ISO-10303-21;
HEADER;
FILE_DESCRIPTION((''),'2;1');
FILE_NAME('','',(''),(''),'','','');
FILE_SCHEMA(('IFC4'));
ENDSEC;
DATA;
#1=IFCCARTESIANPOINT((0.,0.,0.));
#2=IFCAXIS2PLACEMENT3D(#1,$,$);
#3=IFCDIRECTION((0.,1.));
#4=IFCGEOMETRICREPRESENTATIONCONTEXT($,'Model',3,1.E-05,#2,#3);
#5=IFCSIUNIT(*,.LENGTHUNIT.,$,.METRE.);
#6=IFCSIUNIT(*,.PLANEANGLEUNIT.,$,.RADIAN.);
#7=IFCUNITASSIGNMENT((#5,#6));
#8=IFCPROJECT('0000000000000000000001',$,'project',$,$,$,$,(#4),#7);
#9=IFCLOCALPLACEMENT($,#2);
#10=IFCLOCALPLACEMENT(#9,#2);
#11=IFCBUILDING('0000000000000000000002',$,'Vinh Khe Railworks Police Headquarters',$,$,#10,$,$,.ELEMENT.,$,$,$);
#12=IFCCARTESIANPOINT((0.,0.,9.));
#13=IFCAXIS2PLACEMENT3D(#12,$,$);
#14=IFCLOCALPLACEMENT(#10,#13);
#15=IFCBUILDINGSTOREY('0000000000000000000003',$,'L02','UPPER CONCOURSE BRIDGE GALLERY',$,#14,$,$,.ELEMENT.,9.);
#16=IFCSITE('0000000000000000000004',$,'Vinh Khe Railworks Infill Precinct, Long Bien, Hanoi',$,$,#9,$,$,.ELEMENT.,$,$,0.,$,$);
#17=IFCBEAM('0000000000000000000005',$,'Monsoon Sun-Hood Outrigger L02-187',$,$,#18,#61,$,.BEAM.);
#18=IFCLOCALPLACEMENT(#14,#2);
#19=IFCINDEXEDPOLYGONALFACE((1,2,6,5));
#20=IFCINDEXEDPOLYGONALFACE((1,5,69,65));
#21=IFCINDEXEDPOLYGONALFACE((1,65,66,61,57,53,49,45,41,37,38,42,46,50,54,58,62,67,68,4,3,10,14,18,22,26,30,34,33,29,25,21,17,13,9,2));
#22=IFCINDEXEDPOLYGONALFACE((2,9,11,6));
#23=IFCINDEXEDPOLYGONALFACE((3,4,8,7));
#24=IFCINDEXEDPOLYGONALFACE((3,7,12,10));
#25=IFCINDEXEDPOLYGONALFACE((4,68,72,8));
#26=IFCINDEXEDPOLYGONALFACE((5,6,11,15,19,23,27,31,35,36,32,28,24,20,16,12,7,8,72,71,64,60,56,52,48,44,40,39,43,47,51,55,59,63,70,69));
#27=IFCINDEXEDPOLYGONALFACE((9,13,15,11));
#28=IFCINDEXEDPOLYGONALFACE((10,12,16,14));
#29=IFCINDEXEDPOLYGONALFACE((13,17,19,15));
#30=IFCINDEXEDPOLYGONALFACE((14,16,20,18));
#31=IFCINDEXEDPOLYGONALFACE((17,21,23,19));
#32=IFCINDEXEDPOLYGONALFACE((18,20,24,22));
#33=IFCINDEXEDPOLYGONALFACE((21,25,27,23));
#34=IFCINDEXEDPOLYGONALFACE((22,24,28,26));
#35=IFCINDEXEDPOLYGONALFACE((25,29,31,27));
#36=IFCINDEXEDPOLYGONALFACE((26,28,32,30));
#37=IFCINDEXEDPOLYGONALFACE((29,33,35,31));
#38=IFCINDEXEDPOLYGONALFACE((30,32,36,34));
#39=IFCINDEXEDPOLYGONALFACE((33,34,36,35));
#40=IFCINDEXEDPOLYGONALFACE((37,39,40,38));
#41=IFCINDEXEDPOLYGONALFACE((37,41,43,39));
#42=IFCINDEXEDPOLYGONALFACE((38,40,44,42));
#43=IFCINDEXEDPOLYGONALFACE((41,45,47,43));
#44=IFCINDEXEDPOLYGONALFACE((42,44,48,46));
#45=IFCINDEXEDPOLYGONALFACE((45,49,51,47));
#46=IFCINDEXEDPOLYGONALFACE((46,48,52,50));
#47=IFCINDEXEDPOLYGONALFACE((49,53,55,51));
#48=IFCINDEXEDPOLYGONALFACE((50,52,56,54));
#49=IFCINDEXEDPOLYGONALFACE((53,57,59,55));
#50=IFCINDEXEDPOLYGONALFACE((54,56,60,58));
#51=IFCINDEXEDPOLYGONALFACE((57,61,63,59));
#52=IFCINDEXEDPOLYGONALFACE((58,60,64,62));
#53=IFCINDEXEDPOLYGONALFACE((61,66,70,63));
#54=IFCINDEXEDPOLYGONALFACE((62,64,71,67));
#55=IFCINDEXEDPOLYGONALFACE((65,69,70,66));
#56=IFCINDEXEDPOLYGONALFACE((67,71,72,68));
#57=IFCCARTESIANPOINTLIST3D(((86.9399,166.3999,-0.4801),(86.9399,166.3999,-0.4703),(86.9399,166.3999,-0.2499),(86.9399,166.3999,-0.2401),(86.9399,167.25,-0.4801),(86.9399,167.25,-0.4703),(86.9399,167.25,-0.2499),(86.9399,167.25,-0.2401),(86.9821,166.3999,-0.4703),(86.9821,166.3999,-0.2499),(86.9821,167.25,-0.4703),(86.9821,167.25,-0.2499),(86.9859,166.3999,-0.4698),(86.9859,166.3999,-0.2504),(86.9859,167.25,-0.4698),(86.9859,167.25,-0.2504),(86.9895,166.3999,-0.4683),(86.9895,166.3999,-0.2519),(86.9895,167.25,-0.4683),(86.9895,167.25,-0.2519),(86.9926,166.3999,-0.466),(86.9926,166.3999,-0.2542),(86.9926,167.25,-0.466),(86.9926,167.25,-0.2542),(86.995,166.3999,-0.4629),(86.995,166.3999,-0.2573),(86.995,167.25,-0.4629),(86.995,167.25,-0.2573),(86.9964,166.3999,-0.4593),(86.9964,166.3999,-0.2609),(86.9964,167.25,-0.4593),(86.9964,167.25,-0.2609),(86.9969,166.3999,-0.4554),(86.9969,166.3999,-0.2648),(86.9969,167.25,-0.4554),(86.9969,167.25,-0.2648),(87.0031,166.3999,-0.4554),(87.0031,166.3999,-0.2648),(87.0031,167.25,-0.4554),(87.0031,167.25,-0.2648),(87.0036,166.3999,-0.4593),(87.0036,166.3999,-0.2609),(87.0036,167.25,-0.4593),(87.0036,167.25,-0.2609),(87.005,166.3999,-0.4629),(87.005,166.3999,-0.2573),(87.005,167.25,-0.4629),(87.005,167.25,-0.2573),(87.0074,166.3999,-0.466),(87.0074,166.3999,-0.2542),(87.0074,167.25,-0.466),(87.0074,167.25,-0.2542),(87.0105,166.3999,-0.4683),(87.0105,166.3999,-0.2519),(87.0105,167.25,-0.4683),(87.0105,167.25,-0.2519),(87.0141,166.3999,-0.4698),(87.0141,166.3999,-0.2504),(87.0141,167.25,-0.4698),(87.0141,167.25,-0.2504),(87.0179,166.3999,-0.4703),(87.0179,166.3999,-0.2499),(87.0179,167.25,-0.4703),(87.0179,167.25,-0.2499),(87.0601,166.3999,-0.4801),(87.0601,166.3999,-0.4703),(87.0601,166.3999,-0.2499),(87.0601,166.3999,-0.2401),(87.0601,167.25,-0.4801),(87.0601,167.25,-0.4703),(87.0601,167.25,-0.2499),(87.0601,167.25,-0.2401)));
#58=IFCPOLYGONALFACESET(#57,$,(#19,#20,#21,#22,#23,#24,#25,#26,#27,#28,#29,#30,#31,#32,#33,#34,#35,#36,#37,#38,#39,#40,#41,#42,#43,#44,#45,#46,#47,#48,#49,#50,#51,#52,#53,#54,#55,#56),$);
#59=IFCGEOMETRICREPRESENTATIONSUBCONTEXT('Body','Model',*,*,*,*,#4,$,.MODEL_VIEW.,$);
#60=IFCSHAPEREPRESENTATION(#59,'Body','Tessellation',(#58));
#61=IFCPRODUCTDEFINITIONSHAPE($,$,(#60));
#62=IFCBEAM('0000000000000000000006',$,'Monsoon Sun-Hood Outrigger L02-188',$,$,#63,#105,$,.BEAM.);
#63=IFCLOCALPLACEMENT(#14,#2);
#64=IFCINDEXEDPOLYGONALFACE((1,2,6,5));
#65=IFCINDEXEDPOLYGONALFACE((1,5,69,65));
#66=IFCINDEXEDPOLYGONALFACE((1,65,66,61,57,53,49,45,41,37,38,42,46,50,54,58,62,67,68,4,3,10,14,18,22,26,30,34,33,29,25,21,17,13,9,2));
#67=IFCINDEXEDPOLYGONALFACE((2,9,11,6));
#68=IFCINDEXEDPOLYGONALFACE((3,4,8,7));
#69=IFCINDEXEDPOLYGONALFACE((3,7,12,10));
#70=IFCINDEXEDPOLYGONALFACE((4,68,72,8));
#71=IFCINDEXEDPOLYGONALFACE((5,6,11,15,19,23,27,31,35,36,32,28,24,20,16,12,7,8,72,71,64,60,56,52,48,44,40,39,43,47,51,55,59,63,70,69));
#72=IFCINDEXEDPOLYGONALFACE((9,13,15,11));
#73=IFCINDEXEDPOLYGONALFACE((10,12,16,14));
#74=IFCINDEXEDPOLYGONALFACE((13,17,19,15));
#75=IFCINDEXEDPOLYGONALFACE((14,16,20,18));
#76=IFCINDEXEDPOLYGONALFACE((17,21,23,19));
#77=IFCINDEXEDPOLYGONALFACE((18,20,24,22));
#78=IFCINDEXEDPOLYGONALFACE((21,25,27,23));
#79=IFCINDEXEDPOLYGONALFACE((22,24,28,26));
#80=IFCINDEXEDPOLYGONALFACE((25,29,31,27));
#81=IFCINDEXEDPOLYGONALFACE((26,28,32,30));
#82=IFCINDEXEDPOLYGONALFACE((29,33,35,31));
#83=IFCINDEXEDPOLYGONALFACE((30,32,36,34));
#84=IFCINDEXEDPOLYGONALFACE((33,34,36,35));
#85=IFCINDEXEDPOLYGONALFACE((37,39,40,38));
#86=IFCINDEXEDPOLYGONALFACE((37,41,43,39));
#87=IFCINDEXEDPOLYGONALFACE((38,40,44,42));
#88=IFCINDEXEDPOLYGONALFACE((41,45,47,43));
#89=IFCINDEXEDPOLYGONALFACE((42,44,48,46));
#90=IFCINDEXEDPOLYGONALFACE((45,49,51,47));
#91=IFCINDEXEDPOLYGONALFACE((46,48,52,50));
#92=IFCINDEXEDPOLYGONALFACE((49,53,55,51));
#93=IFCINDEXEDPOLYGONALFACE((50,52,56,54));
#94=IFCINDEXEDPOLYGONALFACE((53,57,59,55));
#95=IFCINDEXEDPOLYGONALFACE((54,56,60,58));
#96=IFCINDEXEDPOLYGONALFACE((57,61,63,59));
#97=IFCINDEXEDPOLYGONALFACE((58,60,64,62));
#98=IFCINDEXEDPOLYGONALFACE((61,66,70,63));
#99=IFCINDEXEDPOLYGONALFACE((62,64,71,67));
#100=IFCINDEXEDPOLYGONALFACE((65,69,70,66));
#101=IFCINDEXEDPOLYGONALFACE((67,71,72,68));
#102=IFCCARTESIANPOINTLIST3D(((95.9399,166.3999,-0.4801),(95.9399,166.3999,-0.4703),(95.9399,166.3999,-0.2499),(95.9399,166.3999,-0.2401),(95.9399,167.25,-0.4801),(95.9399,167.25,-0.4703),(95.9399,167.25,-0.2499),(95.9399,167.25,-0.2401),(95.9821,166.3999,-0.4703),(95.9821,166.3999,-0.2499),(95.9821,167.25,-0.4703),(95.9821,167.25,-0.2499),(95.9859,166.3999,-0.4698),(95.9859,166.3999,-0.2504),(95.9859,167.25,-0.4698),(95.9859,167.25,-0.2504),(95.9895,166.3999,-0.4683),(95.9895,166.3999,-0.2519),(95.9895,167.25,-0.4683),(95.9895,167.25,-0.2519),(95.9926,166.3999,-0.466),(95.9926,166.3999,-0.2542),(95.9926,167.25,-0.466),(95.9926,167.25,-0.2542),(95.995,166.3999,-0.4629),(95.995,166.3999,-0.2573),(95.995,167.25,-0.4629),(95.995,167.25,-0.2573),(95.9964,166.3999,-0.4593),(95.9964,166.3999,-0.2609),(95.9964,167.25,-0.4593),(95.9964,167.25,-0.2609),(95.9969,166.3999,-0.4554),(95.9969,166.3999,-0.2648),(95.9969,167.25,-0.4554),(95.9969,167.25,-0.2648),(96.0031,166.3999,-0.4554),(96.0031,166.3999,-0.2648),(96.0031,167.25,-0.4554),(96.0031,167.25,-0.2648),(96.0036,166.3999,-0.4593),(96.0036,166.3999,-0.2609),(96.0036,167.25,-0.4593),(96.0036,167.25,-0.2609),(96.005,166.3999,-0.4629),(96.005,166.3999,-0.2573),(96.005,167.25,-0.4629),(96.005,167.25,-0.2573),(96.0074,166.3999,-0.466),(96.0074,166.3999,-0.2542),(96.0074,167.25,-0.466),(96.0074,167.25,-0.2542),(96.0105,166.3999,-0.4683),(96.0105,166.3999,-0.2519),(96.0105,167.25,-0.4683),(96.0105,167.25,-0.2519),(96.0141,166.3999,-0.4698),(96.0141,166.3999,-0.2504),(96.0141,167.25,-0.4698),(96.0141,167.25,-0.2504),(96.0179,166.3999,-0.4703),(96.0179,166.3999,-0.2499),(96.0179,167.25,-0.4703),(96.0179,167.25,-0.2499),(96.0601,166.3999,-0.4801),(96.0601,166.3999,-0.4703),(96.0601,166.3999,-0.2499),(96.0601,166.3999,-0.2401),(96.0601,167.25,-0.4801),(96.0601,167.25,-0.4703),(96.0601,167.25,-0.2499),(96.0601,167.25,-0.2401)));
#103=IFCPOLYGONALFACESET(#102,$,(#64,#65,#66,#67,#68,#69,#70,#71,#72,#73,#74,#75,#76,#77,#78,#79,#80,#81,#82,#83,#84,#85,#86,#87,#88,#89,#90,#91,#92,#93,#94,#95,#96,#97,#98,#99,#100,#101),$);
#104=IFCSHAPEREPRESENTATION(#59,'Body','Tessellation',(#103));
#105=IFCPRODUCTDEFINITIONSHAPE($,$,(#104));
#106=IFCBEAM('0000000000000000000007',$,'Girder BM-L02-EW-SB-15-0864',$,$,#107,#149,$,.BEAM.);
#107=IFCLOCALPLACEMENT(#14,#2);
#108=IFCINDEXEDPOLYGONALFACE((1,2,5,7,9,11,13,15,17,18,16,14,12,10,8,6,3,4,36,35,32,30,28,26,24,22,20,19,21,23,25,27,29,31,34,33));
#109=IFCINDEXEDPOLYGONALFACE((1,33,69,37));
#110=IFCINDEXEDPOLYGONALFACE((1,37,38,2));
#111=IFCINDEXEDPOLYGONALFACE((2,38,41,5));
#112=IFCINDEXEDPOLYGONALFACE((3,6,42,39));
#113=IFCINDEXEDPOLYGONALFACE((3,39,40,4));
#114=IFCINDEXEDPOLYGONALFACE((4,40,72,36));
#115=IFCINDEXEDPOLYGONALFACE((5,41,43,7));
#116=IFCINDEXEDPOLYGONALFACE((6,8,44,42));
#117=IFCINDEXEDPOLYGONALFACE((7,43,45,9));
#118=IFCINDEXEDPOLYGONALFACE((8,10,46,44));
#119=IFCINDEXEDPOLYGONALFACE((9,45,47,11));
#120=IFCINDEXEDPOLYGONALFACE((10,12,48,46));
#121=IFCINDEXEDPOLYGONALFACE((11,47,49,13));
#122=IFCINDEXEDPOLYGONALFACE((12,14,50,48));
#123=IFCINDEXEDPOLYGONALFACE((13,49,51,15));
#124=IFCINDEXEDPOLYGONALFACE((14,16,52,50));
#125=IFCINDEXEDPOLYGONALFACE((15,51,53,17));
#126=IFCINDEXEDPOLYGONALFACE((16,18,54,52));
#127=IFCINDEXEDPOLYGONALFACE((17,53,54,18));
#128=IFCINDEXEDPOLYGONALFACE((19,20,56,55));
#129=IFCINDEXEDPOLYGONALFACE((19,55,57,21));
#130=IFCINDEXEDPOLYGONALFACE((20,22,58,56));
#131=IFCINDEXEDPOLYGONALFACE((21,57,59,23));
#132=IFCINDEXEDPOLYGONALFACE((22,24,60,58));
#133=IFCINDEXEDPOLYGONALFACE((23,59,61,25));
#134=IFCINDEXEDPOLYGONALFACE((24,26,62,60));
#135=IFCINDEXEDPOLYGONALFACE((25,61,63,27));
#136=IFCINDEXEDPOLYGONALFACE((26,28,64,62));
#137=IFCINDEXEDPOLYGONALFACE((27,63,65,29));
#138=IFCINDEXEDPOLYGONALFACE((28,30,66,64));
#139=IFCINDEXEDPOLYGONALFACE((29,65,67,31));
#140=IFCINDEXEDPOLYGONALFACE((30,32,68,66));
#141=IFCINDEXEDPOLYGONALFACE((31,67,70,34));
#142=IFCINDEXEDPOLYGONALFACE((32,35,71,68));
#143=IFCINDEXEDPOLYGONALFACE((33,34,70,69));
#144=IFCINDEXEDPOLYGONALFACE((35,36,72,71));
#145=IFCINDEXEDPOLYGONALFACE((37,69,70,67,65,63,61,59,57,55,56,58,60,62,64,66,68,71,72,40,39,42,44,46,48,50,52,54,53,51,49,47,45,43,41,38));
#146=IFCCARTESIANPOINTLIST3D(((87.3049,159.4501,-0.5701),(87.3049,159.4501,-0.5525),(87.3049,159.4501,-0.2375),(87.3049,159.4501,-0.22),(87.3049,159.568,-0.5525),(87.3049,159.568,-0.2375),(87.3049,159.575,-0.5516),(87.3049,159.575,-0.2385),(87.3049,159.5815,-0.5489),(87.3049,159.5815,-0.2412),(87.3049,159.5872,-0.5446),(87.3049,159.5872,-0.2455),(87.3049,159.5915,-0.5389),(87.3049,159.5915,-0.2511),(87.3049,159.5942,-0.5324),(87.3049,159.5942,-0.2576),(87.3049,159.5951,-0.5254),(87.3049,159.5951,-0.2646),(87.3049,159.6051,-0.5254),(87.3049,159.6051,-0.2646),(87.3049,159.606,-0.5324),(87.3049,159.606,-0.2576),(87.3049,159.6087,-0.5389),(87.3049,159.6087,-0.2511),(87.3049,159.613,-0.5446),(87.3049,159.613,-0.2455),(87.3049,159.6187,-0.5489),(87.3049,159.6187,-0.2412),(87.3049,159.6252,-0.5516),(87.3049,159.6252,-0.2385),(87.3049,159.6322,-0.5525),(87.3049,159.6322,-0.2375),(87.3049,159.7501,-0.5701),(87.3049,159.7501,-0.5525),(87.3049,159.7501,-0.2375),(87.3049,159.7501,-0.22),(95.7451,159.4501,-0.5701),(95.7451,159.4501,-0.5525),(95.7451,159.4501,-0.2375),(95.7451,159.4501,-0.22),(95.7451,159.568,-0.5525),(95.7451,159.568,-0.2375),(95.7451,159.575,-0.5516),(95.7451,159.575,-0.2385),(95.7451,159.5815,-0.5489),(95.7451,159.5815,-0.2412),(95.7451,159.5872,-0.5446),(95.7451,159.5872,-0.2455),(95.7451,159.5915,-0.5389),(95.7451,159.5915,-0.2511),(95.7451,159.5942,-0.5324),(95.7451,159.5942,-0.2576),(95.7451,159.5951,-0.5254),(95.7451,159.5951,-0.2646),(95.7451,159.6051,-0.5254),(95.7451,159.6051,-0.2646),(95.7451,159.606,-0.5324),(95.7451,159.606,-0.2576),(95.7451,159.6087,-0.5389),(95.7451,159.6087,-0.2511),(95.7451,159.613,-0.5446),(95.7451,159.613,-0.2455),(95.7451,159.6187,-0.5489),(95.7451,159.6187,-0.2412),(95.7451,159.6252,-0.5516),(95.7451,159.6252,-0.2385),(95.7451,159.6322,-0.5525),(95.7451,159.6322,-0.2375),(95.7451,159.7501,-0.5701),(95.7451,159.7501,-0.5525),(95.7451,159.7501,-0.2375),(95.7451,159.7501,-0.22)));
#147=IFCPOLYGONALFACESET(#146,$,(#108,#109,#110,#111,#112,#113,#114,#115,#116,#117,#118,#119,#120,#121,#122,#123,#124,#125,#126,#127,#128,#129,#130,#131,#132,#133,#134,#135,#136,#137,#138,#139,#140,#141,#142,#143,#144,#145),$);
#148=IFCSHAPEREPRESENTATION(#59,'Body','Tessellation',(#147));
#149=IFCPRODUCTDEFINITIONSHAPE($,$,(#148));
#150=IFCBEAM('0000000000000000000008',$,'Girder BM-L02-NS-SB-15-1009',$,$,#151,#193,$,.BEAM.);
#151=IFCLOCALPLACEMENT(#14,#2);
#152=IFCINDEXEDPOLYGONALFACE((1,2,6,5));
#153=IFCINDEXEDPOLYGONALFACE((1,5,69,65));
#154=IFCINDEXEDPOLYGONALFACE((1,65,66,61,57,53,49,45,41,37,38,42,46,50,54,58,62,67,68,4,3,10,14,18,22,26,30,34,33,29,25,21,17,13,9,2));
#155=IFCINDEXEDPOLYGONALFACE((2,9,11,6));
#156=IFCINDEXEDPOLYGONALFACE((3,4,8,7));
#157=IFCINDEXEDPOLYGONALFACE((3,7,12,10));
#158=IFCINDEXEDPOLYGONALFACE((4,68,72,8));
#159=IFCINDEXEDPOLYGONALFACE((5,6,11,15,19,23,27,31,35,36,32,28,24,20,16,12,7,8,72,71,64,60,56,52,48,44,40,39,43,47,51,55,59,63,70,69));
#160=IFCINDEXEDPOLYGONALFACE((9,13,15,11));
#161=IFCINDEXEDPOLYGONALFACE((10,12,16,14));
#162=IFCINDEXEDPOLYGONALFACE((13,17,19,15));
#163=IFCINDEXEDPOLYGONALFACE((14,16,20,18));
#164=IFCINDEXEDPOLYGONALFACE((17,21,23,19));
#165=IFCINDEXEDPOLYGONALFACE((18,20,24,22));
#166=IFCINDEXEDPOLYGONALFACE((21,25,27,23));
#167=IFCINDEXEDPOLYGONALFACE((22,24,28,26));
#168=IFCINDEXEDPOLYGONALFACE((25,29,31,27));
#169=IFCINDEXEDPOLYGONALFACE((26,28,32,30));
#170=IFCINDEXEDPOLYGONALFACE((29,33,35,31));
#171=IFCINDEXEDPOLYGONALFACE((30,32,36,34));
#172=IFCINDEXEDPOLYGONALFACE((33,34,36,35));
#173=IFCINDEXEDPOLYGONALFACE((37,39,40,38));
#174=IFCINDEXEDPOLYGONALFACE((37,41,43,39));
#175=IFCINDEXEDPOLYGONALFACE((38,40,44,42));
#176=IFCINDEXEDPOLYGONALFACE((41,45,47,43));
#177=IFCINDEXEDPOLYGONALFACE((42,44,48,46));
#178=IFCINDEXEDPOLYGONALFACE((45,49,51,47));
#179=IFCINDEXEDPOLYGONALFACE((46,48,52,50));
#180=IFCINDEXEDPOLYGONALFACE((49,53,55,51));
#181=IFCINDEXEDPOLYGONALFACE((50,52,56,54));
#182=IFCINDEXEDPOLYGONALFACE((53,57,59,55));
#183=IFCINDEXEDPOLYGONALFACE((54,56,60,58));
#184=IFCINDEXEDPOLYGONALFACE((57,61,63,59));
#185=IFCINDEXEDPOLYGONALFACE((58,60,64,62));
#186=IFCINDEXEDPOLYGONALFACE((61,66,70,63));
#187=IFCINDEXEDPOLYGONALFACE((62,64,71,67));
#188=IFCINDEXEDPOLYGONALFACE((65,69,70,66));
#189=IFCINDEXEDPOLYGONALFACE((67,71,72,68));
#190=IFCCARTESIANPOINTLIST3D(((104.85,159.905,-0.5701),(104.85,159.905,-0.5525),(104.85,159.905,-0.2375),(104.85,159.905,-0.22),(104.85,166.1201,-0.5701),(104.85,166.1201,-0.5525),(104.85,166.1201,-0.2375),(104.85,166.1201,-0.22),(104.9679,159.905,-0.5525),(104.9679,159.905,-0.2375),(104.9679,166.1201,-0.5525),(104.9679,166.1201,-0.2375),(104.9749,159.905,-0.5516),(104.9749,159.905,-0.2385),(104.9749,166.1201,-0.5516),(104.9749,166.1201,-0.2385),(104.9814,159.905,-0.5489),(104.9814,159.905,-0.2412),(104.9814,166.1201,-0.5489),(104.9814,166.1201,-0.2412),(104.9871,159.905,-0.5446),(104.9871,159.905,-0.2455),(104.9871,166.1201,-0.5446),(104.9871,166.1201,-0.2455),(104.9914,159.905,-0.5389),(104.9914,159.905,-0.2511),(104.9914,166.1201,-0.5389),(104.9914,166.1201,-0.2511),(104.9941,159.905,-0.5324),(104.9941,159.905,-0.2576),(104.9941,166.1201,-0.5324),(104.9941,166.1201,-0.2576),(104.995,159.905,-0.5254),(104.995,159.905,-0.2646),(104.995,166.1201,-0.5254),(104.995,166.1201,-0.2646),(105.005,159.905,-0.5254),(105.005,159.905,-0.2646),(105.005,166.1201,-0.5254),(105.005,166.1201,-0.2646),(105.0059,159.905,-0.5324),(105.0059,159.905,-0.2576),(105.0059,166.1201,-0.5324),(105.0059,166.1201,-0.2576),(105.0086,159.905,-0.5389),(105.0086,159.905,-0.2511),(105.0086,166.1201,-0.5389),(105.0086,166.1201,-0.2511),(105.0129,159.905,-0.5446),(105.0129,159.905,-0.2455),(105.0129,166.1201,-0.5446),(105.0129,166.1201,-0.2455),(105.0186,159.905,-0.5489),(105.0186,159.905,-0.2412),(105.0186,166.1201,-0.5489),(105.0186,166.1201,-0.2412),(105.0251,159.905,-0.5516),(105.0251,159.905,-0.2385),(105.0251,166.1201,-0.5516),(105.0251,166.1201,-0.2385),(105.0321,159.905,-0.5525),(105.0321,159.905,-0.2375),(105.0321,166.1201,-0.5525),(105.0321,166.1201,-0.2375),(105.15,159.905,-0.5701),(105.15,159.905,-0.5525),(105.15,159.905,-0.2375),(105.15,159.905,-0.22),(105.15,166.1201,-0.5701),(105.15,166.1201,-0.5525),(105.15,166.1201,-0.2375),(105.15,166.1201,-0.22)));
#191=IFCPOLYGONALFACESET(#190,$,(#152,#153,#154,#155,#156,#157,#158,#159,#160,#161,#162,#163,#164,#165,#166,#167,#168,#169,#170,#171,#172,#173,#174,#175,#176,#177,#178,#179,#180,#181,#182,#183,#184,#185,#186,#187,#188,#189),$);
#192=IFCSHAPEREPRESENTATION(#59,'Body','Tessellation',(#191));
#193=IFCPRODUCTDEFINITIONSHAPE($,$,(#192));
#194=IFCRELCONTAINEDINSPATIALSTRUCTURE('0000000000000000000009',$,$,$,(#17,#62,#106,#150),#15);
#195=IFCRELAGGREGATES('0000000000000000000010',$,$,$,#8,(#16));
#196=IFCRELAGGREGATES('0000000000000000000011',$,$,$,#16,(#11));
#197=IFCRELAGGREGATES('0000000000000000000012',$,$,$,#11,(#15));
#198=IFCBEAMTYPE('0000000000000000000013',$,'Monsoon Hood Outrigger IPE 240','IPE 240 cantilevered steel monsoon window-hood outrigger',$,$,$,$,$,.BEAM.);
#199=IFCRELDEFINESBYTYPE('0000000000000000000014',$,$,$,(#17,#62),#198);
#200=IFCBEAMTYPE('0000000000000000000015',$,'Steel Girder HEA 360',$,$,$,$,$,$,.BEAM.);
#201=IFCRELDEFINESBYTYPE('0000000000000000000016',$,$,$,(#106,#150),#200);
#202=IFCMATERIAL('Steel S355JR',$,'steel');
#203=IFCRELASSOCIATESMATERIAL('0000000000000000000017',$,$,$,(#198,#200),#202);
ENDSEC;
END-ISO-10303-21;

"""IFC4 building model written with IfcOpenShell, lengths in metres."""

from ifc_helpers import new_model, si_unit, direction, frame, origin, origin_2d, place, context, subcontext, project, spatial, i_section, extrude, material, material_profile, profile_set, type_object, element, save


model = new_model("IFC4")

# Units and contexts
model_context = context("Model", 3, precision=1e-05, world=origin(), true_north=direction((0.0, 1.0)))
body_context = subcontext(model_context, "Body", "Model", "MODEL_VIEW")
ifc_project = project(units=[si_unit("LENGTHUNIT", "METRE"), si_unit("PLANEANGLEUNIT", "RADIAN")], contexts=[model_context])

# Site, building, storey
site_placement = place(None, origin())
site = spatial("IfcSite", under=ifc_project, at=site_placement, Name="Vinh Khe Railworks Infill Precinct, Long Bien, Hanoi", CompositionType="ELEMENT", RefElevation=0.0)
building_placement = place(site_placement, origin())
building = spatial("IfcBuilding", under=site, at=building_placement, Name="Vinh Khe Railworks Police Headquarters", CompositionType="ELEMENT")
storey_placement = place(building_placement, frame((0.0, 0.0, 9.0)))
storey = spatial("IfcBuildingStorey", under=building, at=storey_placement, Name="L02", Description="UPPER CONCOURSE BRIDGE GALLERY", CompositionType="ELEMENT", Elevation=9.0)

# Shared definitions
ifc_material_1 = material(Name="Steel S355JR", Category="steel")

# Beams
ifc_material_profile_1 = material_profile(ifc_material_1, i_section(OverallWidth=0.1201, OverallDepth=0.24, WebThickness=0.0061, FlangeThickness=0.0098, FilletRadius=0.0149, at=origin_2d()), Name="IPE 240")
ifc_profile_set_1 = profile_set([ifc_material_profile_1], Name="Steel S355JR")
beam_type_1 = type_object("IfcBeamType", Name="Monsoon Hood Outrigger IPE 240", Description="IPE 240 cantilevered steel monsoon window-hood outrigger", PredefinedType="BEAM", material=ifc_profile_set_1)
for number, where, z_axis, x_axis, name in (
    (1, (87.0, 166.3999, -0.3601), (0.0, 1.0, 0.0), (-1.0, 0.0, 0.0), "Monsoon Sun-Hood Outrigger L02-187"),
    (2, (96.0, 166.3999, -0.3601), (0.0, 1.0, 0.0), (-1.0, 0.0, 0.0), "Monsoon Sun-Hood Outrigger L02-188"),
):
    element("IfcBeam", number, at=place(storey_placement, frame(where, z_axis=z_axis, x_axis=x_axis)), inside=storey, type_object=beam_type_1, Name=name, PredefinedType="BEAM", context=body_context, shape_type="SweptSolid", body=[
        extrude(i_section(OverallWidth=0.1201, OverallDepth=0.24, WebThickness=0.0061, FlangeThickness=0.0098, FilletRadius=0.0149, at=origin_2d()), origin(), (0.0, 0.0, 1.0), 0.8501),
    ])
ifc_material_profile_2 = material_profile(ifc_material_1, i_section(OverallWidth=0.3, OverallDepth=0.3501, WebThickness=0.01, FlangeThickness=0.0176, FilletRadius=0.0271, at=origin_2d()), Name="HEA 360")
ifc_profile_set_2 = profile_set([ifc_material_profile_2], Name="Steel S355JR")
beam_type_2 = type_object("IfcBeamType", Name="Steel Girder HEA 360", PredefinedType="BEAM", material=ifc_profile_set_2)
beam_1_placement = place(storey_placement, frame((87.3049, 159.6001, -0.395), z_axis=(1.0, 0.0, 0.0), x_axis=(0.0, 1.0, 0.0)))
element("IfcBeam", 3, at=beam_1_placement, inside=storey, type_object=beam_type_2, Name="Girder BM-L02-EW-SB-15-0864", PredefinedType="BEAM", context=body_context, shape_type="SweptSolid", body=[
    extrude(i_section(OverallWidth=0.3, OverallDepth=0.3501, WebThickness=0.01, FlangeThickness=0.0176, FilletRadius=0.0271, at=origin_2d()), origin(), (0.0, 0.0, 1.0), 8.4402),
])
beam_2_placement = place(storey_placement, frame((105.0, 159.905, -0.395), z_axis=(0.0, 1.0, 0.0), x_axis=(-1.0, 0.0, 0.0)))
element("IfcBeam", 4, at=beam_2_placement, inside=storey, type_object=beam_type_2, Name="Girder BM-L02-NS-SB-15-1009", PredefinedType="BEAM", context=body_context, shape_type="SweptSolid", body=[
    extrude(i_section(OverallWidth=0.3, OverallDepth=0.3501, WebThickness=0.01, FlangeThickness=0.0176, FilletRadius=0.0271, at=origin_2d()), origin(), (0.0, 0.0, 1.0), 6.2151),
])

save(model, "model.ifc")
